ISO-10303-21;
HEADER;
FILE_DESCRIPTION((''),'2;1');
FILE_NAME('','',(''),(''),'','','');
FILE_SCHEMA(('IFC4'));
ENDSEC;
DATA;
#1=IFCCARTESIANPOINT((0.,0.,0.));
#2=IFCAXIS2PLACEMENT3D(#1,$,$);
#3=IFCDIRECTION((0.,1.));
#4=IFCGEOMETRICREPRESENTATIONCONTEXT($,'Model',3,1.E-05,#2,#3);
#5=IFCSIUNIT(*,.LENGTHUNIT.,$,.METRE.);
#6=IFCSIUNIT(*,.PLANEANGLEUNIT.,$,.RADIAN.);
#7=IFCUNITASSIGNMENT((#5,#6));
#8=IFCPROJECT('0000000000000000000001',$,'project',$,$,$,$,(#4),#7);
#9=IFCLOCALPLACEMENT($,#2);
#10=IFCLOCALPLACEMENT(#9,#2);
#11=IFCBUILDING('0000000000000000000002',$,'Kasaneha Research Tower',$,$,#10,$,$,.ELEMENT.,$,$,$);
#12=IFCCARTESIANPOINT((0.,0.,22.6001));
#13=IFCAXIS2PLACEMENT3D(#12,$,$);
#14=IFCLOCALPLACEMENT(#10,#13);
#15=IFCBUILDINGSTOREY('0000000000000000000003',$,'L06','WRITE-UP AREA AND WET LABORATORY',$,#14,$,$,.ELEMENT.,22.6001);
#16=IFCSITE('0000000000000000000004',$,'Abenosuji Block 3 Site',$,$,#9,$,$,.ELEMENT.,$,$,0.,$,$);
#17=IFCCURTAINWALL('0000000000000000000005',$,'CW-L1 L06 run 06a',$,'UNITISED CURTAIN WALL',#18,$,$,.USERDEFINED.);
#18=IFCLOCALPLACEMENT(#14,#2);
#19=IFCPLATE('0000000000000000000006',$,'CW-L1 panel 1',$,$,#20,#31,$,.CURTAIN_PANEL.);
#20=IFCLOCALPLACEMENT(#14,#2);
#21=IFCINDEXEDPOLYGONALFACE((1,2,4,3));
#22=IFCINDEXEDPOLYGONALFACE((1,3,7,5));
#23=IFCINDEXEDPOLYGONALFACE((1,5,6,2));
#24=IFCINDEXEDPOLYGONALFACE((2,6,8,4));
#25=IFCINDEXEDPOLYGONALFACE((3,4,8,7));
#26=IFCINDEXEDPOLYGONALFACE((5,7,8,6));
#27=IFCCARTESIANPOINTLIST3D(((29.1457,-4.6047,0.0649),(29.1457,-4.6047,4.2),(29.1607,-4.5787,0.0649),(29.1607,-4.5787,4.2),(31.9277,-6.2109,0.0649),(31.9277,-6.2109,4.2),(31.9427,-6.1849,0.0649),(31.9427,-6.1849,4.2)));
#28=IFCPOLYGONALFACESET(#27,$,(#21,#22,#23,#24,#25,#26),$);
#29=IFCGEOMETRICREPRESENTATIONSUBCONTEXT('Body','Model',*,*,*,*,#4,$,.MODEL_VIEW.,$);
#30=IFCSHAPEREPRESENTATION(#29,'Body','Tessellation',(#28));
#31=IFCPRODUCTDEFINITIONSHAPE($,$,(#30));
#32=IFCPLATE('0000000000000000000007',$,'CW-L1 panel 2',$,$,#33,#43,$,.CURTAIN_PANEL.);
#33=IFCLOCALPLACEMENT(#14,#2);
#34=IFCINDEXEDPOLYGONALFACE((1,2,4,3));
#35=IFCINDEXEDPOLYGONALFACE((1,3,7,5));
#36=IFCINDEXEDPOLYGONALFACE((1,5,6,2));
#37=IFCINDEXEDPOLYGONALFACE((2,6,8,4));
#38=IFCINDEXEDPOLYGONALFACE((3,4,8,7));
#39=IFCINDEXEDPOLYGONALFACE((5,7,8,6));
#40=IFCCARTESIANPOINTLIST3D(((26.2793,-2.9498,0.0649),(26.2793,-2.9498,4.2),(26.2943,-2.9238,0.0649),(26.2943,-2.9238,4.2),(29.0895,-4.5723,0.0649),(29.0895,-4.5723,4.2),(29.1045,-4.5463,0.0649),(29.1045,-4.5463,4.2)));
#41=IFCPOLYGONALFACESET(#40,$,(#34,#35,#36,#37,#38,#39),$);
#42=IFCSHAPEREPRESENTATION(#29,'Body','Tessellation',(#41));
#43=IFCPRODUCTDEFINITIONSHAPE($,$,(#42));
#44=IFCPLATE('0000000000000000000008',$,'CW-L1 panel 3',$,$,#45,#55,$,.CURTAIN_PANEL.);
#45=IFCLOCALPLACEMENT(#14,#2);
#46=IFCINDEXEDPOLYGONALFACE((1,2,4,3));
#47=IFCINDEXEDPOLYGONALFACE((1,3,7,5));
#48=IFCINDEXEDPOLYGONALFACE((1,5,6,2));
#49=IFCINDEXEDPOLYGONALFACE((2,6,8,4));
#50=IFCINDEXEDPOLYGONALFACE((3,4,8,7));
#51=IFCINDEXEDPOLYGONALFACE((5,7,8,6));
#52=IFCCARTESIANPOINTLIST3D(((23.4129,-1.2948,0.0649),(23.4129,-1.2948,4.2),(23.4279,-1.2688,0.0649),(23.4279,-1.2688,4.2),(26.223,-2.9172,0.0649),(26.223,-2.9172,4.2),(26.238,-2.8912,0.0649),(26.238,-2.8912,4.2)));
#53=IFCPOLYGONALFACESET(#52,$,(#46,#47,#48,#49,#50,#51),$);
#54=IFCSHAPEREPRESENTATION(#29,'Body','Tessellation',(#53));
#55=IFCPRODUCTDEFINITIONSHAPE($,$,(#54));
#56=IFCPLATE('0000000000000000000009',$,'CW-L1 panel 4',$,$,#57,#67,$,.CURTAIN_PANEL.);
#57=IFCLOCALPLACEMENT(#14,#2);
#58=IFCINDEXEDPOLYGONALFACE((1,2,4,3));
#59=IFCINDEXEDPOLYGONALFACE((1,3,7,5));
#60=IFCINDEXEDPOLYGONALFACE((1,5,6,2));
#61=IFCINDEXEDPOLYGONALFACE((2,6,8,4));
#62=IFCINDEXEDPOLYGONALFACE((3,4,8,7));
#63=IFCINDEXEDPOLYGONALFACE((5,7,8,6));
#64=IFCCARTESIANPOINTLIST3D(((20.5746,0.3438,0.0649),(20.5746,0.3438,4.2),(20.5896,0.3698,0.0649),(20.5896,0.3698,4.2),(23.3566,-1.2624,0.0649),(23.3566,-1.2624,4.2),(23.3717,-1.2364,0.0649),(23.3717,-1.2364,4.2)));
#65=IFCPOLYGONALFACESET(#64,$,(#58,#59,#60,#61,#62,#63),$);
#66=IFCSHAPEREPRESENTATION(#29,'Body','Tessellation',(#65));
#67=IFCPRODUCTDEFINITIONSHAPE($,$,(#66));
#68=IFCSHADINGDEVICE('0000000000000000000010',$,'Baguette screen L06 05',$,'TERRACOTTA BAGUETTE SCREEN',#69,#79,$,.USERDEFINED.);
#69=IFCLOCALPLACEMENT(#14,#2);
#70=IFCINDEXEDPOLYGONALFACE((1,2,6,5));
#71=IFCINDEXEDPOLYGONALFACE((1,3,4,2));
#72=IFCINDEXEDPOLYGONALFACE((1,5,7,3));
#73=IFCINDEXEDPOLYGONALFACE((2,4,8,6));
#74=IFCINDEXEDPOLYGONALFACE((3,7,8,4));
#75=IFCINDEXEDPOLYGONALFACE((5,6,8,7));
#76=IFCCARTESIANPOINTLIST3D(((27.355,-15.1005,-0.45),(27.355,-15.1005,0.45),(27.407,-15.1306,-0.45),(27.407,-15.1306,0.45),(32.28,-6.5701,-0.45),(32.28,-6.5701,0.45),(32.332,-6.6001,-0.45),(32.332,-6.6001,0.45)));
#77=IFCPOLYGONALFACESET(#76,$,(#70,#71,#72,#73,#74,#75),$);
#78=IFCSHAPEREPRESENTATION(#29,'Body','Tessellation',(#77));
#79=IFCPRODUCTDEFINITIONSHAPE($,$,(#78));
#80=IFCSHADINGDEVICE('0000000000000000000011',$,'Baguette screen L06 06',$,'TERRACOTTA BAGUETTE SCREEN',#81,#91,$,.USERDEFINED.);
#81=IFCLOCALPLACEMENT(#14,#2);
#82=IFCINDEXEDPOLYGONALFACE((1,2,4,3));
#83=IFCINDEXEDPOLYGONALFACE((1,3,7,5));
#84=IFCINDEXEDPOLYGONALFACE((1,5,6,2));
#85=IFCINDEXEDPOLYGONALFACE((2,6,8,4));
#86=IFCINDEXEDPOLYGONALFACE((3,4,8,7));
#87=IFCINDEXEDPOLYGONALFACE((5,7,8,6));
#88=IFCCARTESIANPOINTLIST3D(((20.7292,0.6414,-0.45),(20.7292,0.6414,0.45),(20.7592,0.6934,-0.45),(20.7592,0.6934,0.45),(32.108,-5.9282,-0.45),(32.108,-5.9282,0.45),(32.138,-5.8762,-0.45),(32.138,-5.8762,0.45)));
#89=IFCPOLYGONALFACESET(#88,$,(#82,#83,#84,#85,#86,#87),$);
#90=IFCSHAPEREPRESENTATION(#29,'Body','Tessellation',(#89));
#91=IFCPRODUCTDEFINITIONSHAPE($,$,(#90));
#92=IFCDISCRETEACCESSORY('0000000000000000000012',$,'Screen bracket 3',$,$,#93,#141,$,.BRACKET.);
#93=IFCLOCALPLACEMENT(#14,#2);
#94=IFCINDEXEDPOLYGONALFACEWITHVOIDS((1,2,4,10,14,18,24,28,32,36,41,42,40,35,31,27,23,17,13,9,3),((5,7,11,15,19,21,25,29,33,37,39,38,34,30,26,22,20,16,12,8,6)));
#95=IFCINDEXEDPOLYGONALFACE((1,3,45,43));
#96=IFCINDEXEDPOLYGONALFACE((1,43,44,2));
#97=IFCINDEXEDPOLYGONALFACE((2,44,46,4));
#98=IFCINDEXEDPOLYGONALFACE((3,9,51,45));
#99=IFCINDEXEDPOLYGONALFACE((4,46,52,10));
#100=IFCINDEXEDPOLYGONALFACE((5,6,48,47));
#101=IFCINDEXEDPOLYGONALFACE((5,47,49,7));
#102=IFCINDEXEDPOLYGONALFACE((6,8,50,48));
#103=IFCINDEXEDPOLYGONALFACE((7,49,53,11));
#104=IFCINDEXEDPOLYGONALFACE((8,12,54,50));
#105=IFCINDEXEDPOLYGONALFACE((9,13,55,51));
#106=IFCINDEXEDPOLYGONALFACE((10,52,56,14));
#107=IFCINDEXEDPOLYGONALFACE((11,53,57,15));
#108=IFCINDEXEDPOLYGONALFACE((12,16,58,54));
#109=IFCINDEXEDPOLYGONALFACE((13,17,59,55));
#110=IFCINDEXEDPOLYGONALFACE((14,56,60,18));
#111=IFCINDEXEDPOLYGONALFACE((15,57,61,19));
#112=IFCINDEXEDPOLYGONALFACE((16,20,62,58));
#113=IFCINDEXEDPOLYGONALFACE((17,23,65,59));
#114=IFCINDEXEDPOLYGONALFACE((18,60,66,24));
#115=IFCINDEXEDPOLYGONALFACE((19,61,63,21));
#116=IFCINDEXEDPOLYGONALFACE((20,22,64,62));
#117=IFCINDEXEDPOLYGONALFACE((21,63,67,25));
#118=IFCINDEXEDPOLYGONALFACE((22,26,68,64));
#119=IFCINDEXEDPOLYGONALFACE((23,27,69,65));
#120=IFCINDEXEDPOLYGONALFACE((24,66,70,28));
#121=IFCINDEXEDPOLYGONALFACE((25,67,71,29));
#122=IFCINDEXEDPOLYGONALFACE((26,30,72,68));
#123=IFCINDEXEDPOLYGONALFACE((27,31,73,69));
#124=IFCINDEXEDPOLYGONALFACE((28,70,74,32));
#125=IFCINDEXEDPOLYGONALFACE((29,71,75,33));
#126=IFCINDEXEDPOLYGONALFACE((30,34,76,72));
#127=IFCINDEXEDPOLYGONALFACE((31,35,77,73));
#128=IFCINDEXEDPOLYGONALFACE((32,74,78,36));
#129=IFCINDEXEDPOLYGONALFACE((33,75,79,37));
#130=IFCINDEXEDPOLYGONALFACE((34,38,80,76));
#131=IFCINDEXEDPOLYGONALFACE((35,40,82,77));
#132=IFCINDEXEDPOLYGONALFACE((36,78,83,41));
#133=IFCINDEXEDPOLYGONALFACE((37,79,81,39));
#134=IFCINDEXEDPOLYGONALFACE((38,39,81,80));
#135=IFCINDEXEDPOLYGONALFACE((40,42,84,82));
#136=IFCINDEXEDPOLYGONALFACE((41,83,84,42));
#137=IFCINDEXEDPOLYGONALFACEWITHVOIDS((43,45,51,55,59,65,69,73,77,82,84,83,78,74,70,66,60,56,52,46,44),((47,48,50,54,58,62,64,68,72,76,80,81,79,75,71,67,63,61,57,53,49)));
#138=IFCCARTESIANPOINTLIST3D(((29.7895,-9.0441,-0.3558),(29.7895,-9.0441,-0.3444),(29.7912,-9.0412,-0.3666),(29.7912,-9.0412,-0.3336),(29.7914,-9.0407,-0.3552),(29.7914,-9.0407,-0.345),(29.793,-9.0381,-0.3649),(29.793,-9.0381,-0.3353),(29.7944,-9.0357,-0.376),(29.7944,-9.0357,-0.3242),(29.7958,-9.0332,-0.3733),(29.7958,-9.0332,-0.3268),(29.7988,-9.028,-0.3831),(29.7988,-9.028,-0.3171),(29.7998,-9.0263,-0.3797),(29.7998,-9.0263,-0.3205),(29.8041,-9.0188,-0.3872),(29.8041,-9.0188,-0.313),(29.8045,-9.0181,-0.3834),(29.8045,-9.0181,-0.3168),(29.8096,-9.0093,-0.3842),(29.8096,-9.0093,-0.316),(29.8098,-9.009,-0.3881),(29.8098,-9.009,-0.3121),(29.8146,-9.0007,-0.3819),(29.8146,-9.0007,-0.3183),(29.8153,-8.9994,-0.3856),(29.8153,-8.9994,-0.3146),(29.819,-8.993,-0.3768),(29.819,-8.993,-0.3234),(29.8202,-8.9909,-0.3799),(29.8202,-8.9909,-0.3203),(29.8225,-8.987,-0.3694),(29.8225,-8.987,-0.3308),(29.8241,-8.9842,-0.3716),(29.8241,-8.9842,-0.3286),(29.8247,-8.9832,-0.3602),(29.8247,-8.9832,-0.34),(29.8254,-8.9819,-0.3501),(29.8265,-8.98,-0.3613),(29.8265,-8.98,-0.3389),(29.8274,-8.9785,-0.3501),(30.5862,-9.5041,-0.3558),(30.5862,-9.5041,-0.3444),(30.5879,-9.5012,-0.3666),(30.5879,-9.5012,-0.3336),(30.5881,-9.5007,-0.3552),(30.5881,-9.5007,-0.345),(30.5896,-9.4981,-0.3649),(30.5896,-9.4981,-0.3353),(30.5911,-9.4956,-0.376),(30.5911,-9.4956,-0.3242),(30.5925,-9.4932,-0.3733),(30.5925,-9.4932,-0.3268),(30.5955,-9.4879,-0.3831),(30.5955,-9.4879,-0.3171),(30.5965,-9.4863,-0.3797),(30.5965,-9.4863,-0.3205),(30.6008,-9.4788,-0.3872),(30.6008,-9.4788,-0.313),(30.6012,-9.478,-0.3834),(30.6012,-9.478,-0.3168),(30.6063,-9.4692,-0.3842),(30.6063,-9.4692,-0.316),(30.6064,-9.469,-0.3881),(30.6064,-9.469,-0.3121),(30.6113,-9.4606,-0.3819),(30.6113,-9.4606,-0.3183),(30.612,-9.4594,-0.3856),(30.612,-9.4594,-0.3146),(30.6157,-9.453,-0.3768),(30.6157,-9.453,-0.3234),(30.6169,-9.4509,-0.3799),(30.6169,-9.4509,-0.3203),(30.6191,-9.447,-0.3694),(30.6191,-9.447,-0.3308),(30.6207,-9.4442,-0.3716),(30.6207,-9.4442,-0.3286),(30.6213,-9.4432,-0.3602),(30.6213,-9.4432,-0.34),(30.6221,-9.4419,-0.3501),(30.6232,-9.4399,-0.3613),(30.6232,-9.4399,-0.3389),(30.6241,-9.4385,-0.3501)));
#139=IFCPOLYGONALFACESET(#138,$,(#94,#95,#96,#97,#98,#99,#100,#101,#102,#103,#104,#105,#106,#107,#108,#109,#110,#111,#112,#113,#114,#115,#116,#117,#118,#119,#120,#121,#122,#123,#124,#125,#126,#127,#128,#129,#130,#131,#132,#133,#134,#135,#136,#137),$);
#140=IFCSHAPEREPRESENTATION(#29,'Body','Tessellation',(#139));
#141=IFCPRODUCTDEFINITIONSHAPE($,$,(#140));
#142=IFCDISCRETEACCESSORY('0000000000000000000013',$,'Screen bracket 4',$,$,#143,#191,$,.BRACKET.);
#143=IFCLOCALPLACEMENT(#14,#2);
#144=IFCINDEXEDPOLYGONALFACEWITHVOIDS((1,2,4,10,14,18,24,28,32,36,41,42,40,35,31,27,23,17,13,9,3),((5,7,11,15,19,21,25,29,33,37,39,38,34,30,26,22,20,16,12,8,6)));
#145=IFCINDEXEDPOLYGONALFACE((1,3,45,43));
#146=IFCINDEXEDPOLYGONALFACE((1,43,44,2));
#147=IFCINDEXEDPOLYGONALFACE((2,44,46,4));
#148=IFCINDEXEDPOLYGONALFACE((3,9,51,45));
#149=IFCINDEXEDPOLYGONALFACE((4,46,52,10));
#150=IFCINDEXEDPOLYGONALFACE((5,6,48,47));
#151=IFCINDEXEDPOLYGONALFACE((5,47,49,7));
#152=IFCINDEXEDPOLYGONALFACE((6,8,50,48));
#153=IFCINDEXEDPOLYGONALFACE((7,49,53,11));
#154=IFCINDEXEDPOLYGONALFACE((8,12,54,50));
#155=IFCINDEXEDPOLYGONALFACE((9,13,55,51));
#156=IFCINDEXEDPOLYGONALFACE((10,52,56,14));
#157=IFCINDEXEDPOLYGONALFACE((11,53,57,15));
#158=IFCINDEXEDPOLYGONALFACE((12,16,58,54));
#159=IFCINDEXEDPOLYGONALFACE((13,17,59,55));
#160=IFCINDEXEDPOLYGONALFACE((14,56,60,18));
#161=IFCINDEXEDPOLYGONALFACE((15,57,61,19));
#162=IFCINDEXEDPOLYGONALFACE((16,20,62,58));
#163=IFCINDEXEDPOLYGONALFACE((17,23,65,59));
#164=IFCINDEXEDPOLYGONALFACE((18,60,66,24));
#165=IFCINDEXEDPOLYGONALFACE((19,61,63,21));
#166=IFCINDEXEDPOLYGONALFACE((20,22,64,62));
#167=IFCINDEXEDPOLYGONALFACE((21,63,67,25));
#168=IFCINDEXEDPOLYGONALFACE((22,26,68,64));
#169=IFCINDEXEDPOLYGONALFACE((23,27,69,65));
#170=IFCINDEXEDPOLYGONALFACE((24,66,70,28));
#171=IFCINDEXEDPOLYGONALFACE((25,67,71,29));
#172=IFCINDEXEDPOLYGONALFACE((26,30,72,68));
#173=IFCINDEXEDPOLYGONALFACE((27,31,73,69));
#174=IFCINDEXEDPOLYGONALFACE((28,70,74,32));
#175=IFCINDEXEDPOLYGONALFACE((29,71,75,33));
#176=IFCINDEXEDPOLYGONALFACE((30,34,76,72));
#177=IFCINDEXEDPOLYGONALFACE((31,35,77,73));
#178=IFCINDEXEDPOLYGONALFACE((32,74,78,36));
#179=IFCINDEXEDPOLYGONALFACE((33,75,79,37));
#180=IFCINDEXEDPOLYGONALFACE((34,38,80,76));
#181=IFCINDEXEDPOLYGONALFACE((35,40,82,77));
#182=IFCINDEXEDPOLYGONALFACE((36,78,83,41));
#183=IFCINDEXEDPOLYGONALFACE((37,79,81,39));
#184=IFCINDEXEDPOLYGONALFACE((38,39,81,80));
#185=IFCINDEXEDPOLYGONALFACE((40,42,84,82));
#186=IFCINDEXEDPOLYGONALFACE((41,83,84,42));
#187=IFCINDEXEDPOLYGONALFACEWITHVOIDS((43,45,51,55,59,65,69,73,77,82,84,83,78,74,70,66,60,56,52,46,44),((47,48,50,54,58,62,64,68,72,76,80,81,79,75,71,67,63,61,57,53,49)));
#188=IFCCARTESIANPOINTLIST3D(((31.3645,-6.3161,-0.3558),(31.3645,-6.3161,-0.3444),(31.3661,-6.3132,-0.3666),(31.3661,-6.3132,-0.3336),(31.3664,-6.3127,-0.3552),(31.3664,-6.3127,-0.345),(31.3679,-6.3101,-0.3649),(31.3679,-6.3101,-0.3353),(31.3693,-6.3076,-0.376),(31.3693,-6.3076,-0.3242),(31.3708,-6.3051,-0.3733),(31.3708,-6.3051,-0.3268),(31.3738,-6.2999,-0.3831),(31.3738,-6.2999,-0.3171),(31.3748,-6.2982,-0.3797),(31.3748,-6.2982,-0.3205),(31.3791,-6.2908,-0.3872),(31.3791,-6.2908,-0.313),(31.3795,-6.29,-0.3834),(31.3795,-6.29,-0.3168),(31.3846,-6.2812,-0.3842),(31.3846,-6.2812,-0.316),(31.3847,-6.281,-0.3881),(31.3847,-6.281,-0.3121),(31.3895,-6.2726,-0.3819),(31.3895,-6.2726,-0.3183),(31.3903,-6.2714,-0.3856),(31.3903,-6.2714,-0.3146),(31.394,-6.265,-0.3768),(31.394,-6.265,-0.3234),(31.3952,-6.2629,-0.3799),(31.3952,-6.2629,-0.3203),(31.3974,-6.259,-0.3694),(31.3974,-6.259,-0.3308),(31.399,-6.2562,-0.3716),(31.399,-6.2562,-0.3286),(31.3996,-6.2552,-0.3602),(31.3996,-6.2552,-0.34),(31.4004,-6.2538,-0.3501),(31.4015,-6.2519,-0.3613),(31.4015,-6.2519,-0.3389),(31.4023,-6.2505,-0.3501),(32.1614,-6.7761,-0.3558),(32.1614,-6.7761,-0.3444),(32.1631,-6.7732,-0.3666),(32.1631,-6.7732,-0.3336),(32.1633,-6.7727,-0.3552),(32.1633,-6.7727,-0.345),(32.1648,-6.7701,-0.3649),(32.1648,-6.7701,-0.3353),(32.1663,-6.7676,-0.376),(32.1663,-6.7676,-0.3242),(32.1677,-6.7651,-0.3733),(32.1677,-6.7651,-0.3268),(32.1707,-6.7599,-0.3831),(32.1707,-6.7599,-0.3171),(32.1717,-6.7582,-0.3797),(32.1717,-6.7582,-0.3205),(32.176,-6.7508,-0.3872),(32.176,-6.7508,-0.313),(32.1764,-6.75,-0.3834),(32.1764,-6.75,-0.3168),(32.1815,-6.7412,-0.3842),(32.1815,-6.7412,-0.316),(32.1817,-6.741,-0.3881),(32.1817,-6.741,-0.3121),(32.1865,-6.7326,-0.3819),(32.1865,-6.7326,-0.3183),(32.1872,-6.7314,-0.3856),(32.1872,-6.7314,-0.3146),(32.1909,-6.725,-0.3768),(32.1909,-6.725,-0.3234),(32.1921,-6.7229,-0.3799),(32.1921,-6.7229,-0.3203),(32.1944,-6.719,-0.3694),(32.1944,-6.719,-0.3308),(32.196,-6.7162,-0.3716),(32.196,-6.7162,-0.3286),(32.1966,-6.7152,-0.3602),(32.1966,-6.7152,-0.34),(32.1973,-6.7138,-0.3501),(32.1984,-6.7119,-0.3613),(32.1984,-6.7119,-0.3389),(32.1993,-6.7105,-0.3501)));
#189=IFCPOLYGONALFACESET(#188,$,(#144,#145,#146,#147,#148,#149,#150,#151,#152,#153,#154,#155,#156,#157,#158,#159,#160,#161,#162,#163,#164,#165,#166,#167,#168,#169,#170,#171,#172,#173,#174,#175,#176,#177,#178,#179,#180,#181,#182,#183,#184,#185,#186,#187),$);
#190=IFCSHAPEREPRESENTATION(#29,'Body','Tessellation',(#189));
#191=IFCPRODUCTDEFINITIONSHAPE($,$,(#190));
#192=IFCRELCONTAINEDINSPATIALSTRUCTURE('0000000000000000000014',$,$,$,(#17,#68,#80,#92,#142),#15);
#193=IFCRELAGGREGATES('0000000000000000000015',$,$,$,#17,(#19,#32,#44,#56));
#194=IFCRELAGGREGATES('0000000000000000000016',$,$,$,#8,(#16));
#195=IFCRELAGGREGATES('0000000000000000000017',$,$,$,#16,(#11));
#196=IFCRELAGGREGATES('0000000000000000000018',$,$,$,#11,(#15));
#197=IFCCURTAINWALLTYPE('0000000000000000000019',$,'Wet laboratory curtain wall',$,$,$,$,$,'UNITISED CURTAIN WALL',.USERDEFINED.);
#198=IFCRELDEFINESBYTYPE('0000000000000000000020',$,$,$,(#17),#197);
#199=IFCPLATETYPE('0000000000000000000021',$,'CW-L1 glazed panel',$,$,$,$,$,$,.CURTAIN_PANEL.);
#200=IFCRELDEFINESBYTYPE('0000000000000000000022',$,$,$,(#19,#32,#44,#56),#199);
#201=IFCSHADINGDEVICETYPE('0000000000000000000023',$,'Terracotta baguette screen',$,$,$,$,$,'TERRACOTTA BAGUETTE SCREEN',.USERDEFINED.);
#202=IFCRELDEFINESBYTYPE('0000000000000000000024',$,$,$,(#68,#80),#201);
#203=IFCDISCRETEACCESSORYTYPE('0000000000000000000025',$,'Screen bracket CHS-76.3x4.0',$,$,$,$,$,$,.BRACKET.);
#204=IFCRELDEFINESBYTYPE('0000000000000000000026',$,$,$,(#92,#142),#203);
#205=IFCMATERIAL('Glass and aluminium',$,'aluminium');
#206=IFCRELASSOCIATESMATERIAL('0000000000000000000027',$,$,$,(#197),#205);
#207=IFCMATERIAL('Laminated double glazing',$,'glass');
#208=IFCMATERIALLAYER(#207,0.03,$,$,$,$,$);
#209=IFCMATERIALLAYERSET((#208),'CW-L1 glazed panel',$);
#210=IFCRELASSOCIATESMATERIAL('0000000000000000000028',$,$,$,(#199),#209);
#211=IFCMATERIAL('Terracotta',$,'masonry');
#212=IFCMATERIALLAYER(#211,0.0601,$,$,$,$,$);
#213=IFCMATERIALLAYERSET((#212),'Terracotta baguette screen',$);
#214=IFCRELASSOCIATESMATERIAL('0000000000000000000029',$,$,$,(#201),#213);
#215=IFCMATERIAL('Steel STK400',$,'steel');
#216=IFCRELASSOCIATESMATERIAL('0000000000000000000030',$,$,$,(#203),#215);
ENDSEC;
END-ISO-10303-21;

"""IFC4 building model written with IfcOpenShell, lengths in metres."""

from ifc_helpers import new_model, si_unit, direction, frame, origin, origin_2d, place, context, subcontext, project, spatial, rectangle, hollow_circle, extrude, material, layer, layer_set, material_profile, profile_set, type_object, element, aggregate, save


model = new_model("IFC4")

# Units and contexts
model_context = context("Model", 3, precision=1e-05, world=origin(), true_north=direction((0.0, 1.0)))
body_context = subcontext(model_context, "Body", "Model", "MODEL_VIEW")
ifc_project = project(units=[si_unit("LENGTHUNIT", "METRE"), si_unit("PLANEANGLEUNIT", "RADIAN")], contexts=[model_context])

# Site, building, storey
site_placement = place(None, origin())
site = spatial("IfcSite", under=ifc_project, at=site_placement, Name="Abenosuji Block 3 Site", CompositionType="ELEMENT", RefElevation=0.0)
building_placement = place(site_placement, origin())
building = spatial("IfcBuilding", under=site, at=building_placement, Name="Kasaneha Research Tower", CompositionType="ELEMENT")
storey_placement = place(building_placement, frame((0.0, 0.0, 22.6001)))
storey = spatial("IfcBuildingStorey", under=building, at=storey_placement, Name="L06", Description="WRITE-UP AREA AND WET LABORATORY", CompositionType="ELEMENT", Elevation=22.6001)

# Curtain wall
ifc_material_1 = material(Name="Glass and aluminium", Category="aluminium")
curtain_wall_type = type_object("IfcCurtainWallType", Name="Wet laboratory curtain wall", ElementType="UNITISED CURTAIN WALL", PredefinedType="USERDEFINED", material=ifc_material_1)
curtain_wall_1_placement = place(storey_placement, origin())
curtain_wall_1 = element("IfcCurtainWall", 1, at=curtain_wall_1_placement, inside=storey, type_object=curtain_wall_type, Name="CW-L1 L06 run 06a", ObjectType="UNITISED CURTAIN WALL", PredefinedType="USERDEFINED")

# Plates
ifc_material_2 = material(Name="Laminated double glazing", Category="glass")
ifc_layer_1 = layer(ifc_material_2, 0.03)
ifc_layer_set_1 = layer_set([ifc_layer_1], Name="CW-L1 glazed panel")
plate_type = type_object("IfcPlateType", Name="CW-L1 glazed panel", PredefinedType="CURTAIN_PANEL", material=ifc_layer_set_1)
plate_1_placement = place(storey_placement, frame((30.5442, -5.3948, 0.0649), z_axis=(0.0, 0.0, 1.0), x_axis=(-0.866025, 0.5, 0.0)))
plate_1 = element("IfcPlate", 2, at=plate_1_placement, type_object=plate_type, Name="CW-L1 panel 1", PredefinedType="CURTAIN_PANEL", context=body_context, shape_type="SweptSolid", body=[
    extrude(rectangle(XDim=3.2124, YDim=0.03, at=origin_2d()), origin(), (0.0, 0.0, 1.0), 4.135),
])
plate_2_placement = place(storey_placement, frame((27.6919, -3.748, 0.0649), z_axis=(0.0, 0.0, 1.0), x_axis=(-0.866025, 0.5, 0.0)))
plate_2 = element("IfcPlate", 3, at=plate_2_placement, type_object=plate_type, Name="CW-L1 panel 2", PredefinedType="CURTAIN_PANEL", context=body_context, shape_type="SweptSolid", body=[
    extrude(rectangle(XDim=3.2449, YDim=0.03, at=origin_2d()), origin(), (0.0, 0.0, 1.0), 4.135),
])
plate_3_placement = place(storey_placement, frame((24.8254, -2.093, 0.0649), z_axis=(0.0, 0.0, 1.0), x_axis=(-0.866025, 0.5, 0.0)))
plate_3 = element("IfcPlate", 4, at=plate_3_placement, type_object=plate_type, Name="CW-L1 panel 3", PredefinedType="CURTAIN_PANEL", context=body_context, shape_type="SweptSolid", body=[
    extrude(rectangle(XDim=3.2449, YDim=0.03, at=origin_2d()), origin(), (0.0, 0.0, 1.0), 4.135),
])
plate_4_placement = place(storey_placement, frame((21.9731, -0.4463, 0.0649), z_axis=(0.0, 0.0, 1.0), x_axis=(-0.866025, 0.5, 0.0)))
plate_4 = element("IfcPlate", 5, at=plate_4_placement, type_object=plate_type, Name="CW-L1 panel 4", PredefinedType="CURTAIN_PANEL", context=body_context, shape_type="SweptSolid", body=[
    extrude(rectangle(XDim=3.2124, YDim=0.03, at=origin_2d()), origin(), (0.0, 0.0, 1.0), 4.135),
])
aggregate(curtain_wall_1, [plate_1, plate_2, plate_3, plate_4])

# Shading devices
ifc_material_3 = material(Name="Terracotta", Category="masonry")
ifc_layer_2 = layer(ifc_material_3, 0.0601)
ifc_layer_set_2 = layer_set([ifc_layer_2], Name="Terracotta baguette screen")
shading_device_type = type_object("IfcShadingDeviceType", Name="Terracotta baguette screen", ElementType="TERRACOTTA BAGUETTE SCREEN", PredefinedType="USERDEFINED", material=ifc_layer_set_2)
shading_device_1_placement = place(storey_placement, frame((29.8435, -10.8503, -0.45), z_axis=(0.0, 0.0, 1.0), x_axis=(0.5, 0.866025, 0.0)))
element("IfcShadingDevice", 6, at=shading_device_1_placement, inside=storey, type_object=shading_device_type, Name="Baguette screen L06 05", ObjectType="TERRACOTTA BAGUETTE SCREEN", PredefinedType="USERDEFINED", context=body_context, shape_type="SweptSolid", body=[
    extrude(rectangle(XDim=9.8501, YDim=0.0601, at=origin_2d()), origin(), (0.0, 0.0, 1.0), 0.8999),
])
shading_device_2_placement = place(storey_placement, frame((26.4336, -2.6174, -0.45), z_axis=(0.0, 0.0, 1.0), x_axis=(-0.866025, 0.5, 0.0)))
element("IfcShadingDevice", 7, at=shading_device_2_placement, inside=storey, type_object=shading_device_type, Name="Baguette screen L06 06", ObjectType="TERRACOTTA BAGUETTE SCREEN", PredefinedType="USERDEFINED", context=body_context, shape_type="SweptSolid", body=[
    extrude(rectangle(XDim=13.1392, YDim=0.0601, at=origin_2d()), origin(), (0.0, 0.0, 1.0), 0.8999),
])

# Discrete accessories
ifc_material_4 = material(Name="Steel STK400", Category="steel")
ifc_material_profile_1 = material_profile(ifc_material_4, hollow_circle(Radius=0.0381, WallThickness=0.0039, at=origin_2d()), Name="CHS-76.3x4.0")
ifc_profile_set_1 = profile_set([ifc_material_profile_1], Name="Steel STK400")
discrete_accessory_type = type_object("IfcDiscreteAccessoryType", Name="Screen bracket CHS-76.3x4.0", PredefinedType="BRACKET", material=ifc_profile_set_1)
discrete_accessory_1_placement = place(storey_placement, frame((29.8083, -9.0115, -0.3501), z_axis=(0.866013, -0.500021, 0.0), x_axis=(0.500021, 0.866013, 0.0)))
element("IfcDiscreteAccessory", 8, at=discrete_accessory_1_placement, inside=storey, type_object=discrete_accessory_type, Name="Screen bracket 3", PredefinedType="BRACKET", context=body_context, shape_type="SweptSolid", body=[
    extrude(hollow_circle(Radius=0.0381, WallThickness=0.0039, at=origin_2d()), origin(), (0.0, 0.0, 1.0), 0.9199),
])
discrete_accessory_2_placement = place(storey_placement, frame((31.3833, -6.2834, -0.3501), z_axis=(0.86608, -0.499906, 0.0), x_axis=(0.499906, 0.86608, 0.0)))
element("IfcDiscreteAccessory", 9, at=discrete_accessory_2_placement, inside=storey, type_object=discrete_accessory_type, Name="Screen bracket 4", PredefinedType="BRACKET", context=body_context, shape_type="SweptSolid", body=[
    extrude(hollow_circle(Radius=0.0381, WallThickness=0.0039, at=origin_2d()), origin(), (0.0, 0.0, 1.0), 0.9202),
])

save(model, "model.ifc")
